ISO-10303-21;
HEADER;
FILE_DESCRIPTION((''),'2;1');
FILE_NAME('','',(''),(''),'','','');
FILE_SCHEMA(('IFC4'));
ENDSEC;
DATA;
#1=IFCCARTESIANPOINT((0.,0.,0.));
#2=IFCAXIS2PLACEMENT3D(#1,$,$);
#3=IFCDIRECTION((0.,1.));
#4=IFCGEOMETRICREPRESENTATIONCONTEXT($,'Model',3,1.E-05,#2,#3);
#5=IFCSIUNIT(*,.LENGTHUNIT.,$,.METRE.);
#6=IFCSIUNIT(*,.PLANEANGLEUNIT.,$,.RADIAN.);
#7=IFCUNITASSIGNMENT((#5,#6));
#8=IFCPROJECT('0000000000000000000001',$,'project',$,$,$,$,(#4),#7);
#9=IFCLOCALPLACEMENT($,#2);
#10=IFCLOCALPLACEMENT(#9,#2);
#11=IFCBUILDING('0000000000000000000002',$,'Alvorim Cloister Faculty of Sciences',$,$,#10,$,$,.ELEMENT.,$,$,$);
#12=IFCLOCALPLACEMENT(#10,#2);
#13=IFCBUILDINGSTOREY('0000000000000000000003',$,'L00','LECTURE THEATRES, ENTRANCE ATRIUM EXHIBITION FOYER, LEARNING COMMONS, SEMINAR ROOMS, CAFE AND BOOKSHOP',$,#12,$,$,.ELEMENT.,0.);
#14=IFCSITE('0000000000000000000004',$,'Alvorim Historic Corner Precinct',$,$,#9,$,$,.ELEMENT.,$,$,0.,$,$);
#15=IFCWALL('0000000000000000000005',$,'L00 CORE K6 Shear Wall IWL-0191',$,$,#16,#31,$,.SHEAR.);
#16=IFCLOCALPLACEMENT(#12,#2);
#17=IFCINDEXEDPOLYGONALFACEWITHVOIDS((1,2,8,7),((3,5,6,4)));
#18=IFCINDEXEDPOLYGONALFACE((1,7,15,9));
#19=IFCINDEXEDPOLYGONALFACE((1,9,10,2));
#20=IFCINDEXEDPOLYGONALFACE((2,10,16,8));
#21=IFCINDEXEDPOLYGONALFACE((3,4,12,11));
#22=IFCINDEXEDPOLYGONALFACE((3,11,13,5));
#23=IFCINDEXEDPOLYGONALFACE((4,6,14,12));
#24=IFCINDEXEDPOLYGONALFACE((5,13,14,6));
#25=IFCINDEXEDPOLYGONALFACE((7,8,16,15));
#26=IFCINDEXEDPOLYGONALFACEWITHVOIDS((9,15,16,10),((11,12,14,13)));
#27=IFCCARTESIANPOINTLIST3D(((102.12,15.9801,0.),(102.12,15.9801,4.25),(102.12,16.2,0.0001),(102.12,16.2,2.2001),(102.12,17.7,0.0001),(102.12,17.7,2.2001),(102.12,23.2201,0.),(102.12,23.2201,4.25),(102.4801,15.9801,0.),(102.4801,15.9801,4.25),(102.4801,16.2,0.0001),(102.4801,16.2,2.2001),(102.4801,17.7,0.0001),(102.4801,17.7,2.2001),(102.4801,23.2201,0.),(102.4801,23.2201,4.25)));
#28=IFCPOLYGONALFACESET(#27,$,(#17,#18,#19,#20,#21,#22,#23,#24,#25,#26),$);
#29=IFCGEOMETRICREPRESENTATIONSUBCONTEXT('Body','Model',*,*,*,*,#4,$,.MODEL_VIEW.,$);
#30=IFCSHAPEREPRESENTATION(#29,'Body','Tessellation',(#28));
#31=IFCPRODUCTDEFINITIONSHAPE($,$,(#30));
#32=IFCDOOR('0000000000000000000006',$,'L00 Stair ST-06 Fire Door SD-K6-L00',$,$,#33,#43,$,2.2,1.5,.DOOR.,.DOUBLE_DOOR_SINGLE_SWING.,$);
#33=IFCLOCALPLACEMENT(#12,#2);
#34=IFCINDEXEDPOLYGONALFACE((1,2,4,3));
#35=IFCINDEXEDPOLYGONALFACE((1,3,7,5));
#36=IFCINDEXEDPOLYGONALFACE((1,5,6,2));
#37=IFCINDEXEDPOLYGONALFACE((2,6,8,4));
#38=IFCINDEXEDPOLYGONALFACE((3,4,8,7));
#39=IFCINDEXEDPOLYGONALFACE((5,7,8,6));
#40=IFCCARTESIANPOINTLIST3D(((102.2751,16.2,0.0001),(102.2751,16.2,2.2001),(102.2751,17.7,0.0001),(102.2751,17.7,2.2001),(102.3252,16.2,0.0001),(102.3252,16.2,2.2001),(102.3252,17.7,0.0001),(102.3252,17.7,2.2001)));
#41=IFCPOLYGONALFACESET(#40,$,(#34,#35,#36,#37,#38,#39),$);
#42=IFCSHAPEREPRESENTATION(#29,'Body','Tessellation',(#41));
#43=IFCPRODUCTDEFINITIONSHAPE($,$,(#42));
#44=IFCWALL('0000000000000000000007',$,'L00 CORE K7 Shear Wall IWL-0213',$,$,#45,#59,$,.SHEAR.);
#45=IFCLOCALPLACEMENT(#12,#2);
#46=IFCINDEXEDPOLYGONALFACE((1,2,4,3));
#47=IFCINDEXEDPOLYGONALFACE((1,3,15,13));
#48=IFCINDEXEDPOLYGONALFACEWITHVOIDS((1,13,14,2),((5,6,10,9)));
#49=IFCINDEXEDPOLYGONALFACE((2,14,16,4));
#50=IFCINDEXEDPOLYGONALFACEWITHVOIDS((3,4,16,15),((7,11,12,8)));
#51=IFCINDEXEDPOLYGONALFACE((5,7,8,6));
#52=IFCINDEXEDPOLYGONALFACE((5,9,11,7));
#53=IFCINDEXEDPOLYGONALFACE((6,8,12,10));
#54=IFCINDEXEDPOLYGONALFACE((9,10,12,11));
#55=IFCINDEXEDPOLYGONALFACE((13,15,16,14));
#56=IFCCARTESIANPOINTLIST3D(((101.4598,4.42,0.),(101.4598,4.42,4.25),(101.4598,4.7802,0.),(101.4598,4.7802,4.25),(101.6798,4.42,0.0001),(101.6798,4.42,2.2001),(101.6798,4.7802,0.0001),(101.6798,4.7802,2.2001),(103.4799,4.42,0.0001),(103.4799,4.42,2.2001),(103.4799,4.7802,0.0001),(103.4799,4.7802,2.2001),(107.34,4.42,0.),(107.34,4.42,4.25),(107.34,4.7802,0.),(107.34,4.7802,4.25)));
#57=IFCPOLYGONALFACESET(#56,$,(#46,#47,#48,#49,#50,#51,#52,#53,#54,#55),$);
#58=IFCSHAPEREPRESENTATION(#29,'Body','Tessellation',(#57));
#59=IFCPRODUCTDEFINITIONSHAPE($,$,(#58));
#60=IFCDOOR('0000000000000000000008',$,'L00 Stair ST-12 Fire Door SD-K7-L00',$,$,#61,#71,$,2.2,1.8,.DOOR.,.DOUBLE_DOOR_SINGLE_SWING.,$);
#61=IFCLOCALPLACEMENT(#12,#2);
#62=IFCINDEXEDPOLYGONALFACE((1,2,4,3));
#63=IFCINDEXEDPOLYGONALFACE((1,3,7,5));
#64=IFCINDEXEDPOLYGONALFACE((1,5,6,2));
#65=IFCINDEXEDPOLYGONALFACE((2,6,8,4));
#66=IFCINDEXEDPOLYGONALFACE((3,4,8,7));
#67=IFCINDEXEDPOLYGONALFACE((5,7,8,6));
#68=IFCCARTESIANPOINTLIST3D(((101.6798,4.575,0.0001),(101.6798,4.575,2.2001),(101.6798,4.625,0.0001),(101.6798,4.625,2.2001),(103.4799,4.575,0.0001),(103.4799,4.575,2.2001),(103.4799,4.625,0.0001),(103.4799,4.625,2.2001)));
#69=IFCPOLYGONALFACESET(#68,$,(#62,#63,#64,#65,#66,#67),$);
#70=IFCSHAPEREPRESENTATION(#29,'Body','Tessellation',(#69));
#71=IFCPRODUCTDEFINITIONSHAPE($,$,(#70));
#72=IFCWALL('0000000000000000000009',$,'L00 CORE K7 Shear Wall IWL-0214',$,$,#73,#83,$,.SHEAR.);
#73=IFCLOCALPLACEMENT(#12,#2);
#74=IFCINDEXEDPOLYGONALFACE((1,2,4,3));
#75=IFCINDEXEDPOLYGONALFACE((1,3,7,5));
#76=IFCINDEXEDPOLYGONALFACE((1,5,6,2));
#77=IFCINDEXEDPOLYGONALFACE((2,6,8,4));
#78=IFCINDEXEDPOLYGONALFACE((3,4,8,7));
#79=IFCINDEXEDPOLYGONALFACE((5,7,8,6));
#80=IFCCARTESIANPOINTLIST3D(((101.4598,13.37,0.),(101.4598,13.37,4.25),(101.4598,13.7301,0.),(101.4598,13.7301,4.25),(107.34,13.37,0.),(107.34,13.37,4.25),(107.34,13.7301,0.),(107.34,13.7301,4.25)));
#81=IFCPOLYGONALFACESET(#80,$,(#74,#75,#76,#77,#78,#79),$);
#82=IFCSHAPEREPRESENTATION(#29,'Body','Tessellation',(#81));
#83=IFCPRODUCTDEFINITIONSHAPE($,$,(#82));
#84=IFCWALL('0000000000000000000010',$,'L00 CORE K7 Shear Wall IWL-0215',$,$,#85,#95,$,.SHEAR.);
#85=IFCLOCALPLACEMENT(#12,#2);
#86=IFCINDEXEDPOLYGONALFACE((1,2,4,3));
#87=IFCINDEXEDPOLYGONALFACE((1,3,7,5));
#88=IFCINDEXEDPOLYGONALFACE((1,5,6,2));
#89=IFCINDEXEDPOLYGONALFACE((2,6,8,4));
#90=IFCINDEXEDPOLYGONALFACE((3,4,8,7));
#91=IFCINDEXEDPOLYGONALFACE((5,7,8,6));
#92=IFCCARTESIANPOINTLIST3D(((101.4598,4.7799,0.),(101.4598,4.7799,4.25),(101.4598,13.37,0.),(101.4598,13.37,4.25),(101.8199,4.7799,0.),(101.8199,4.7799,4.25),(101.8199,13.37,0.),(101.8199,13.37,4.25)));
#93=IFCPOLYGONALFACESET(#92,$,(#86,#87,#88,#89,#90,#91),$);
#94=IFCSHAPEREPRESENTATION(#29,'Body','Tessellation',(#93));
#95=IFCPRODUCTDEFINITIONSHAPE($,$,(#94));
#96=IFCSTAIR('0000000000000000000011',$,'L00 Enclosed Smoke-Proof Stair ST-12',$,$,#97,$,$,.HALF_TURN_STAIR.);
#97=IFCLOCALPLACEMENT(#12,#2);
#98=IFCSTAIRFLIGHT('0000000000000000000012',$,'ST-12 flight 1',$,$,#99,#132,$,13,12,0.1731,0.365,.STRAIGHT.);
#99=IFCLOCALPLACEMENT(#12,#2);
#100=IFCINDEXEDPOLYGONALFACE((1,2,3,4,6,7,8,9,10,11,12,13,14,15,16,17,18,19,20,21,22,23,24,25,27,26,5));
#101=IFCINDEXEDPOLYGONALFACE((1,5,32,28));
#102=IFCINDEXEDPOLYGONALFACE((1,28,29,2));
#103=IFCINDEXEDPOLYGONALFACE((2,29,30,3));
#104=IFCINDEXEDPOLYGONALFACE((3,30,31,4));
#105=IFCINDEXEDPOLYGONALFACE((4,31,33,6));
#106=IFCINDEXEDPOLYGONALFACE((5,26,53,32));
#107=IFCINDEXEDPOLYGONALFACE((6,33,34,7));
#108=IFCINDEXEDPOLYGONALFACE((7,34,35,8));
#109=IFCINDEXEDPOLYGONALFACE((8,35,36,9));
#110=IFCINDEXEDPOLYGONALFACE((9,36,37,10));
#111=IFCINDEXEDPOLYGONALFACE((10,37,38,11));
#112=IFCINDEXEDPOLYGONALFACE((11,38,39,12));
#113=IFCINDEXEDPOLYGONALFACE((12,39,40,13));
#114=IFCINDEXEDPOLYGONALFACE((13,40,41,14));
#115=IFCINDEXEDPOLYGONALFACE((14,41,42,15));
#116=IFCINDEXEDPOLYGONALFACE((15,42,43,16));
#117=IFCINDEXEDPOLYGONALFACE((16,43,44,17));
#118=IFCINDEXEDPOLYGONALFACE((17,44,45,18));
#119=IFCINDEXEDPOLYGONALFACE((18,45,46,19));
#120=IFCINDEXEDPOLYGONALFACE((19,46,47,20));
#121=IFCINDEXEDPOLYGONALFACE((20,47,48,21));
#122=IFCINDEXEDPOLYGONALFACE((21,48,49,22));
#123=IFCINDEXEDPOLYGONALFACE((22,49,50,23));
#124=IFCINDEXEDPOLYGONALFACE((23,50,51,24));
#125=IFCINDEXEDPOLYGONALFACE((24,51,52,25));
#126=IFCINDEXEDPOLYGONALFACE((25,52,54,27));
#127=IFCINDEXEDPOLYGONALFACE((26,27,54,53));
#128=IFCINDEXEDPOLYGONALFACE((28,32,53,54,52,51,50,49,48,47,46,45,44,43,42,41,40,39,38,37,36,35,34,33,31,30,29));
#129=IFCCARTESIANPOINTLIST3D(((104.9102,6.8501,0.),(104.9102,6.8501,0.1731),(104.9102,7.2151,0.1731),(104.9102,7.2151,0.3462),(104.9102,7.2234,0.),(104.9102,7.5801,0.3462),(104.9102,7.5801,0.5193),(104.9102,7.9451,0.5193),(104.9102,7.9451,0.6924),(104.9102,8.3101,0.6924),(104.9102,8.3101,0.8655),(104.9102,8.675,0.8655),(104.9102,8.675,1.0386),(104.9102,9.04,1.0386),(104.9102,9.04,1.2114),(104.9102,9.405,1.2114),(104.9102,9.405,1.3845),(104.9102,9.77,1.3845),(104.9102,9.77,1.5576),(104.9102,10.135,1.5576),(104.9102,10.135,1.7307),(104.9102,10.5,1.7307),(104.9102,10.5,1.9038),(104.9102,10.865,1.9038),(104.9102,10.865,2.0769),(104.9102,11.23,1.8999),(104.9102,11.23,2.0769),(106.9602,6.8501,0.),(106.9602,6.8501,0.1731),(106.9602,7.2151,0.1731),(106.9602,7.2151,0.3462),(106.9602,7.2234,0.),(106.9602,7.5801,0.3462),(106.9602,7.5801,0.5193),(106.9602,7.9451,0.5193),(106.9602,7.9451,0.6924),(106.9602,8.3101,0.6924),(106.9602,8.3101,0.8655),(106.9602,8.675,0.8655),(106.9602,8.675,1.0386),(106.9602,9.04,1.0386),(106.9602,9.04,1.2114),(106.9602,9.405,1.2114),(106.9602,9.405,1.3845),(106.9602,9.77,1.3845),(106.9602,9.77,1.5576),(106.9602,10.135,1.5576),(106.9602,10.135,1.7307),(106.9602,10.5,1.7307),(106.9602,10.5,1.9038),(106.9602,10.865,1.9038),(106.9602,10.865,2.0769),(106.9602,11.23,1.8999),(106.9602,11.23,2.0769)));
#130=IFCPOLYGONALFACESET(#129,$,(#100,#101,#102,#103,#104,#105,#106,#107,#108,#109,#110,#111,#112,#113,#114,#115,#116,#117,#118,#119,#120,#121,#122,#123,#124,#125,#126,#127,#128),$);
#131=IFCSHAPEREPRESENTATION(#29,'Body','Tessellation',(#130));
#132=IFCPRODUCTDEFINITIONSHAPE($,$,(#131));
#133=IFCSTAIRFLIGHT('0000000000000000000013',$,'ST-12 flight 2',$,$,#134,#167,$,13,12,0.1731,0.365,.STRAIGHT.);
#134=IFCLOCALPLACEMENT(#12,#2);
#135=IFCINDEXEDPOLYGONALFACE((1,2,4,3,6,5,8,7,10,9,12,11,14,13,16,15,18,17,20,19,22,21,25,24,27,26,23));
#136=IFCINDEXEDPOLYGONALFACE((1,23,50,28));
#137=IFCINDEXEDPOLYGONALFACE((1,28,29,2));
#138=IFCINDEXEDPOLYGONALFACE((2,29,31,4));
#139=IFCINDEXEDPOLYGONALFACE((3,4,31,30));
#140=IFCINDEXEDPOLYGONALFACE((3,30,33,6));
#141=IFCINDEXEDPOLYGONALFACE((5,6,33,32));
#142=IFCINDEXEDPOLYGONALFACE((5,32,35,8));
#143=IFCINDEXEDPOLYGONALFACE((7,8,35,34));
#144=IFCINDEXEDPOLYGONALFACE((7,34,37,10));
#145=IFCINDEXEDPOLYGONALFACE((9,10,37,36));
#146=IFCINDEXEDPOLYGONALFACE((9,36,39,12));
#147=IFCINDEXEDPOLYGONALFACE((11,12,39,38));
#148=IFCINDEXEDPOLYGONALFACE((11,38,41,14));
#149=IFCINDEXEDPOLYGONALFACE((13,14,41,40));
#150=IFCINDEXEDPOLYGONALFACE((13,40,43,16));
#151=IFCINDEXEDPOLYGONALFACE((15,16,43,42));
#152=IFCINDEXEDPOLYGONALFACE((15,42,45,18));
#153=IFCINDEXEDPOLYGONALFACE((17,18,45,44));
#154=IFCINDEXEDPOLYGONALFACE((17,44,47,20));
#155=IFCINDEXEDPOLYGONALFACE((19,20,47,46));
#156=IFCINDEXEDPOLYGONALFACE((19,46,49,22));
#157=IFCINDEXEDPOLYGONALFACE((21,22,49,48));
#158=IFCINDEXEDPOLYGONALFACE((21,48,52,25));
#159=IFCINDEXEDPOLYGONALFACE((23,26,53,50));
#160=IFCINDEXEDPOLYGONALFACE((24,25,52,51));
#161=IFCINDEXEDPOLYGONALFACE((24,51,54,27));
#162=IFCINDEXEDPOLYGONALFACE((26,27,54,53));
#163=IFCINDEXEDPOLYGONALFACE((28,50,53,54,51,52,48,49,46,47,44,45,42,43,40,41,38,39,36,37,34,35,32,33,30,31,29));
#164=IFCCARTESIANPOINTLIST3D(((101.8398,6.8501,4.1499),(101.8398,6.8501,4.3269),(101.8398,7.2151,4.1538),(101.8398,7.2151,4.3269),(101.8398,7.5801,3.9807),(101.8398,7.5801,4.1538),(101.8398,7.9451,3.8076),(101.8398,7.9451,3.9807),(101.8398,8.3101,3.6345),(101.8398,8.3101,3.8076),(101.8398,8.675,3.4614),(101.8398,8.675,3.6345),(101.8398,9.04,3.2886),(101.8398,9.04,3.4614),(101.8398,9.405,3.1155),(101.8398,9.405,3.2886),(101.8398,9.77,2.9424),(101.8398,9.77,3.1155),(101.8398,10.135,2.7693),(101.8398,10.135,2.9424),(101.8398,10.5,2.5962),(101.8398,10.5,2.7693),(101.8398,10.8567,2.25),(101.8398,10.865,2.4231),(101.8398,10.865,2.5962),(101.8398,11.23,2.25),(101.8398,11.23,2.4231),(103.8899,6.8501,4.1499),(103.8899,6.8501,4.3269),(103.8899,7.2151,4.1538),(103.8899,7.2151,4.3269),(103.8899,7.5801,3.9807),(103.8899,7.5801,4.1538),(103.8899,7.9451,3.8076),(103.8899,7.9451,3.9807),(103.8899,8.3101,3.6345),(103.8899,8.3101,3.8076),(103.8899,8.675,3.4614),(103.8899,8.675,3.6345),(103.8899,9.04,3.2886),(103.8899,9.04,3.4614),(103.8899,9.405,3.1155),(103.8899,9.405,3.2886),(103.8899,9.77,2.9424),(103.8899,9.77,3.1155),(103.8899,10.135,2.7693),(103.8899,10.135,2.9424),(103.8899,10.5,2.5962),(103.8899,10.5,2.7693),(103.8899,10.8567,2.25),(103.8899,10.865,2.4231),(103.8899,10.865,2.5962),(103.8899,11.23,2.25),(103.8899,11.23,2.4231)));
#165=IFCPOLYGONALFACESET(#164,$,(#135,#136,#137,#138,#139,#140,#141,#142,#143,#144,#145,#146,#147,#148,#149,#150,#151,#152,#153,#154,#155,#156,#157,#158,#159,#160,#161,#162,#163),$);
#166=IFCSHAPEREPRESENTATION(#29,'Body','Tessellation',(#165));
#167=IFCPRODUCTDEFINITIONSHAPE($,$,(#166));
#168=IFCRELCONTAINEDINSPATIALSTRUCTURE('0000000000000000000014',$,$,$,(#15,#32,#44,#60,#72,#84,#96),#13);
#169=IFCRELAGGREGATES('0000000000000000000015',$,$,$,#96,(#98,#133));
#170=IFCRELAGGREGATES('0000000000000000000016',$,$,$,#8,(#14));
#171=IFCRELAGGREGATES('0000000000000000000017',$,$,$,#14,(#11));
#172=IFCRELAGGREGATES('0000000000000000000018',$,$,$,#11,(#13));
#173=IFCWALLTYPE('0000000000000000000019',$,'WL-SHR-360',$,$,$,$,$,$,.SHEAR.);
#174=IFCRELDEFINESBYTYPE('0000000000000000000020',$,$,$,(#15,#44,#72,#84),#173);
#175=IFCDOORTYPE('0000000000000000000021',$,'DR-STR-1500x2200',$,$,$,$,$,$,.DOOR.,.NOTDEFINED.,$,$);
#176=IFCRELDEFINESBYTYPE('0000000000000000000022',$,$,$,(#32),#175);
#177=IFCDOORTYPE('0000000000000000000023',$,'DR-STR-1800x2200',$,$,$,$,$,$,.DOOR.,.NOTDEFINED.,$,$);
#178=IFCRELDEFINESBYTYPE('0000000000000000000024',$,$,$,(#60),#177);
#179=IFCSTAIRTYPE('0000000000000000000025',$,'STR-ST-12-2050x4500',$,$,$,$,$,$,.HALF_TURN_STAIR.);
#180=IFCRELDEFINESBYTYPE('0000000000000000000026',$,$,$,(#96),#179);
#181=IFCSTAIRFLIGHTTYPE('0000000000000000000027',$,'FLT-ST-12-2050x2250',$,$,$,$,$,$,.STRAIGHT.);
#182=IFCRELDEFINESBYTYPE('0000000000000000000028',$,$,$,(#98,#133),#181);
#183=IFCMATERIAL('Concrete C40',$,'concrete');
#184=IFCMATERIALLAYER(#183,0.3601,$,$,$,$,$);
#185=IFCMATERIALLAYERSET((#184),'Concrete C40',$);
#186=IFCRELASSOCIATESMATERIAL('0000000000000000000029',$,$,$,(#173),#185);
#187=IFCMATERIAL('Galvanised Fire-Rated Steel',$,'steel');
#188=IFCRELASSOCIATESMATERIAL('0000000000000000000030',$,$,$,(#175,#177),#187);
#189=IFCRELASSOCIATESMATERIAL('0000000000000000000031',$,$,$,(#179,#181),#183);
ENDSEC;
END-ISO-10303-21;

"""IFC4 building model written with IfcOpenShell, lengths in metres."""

from ifc_helpers import new_model, si_unit, direction, frame, frame_2d, origin, place, context, subcontext, project, spatial, polyline, rectangle, outline, extrude, material, layer, layer_set, type_object, element, fill, aggregate, save


model = new_model("IFC4")

# Units and contexts
model_context = context("Model", 3, precision=1e-05, world=origin(), true_north=direction((0.0, 1.0)))
body_context = subcontext(model_context, "Body", "Model", "MODEL_VIEW")
ifc_project = project(units=[si_unit("LENGTHUNIT", "METRE"), si_unit("PLANEANGLEUNIT", "RADIAN")], contexts=[model_context])

# Site, building, storey
site_placement = place(None, origin())
site = spatial("IfcSite", under=ifc_project, at=site_placement, Name="Alvorim Historic Corner Precinct", CompositionType="ELEMENT", RefElevation=0.0)
building_placement = place(site_placement, origin())
building = spatial("IfcBuilding", under=site, at=building_placement, Name="Alvorim Cloister Faculty of Sciences", CompositionType="ELEMENT")
storey_placement = place(building_placement, origin())
storey = spatial("IfcBuildingStorey", under=building, at=storey_placement, Name="L00", Description="LECTURE THEATRES, ENTRANCE ATRIUM EXHIBITION FOYER, LEARNING COMMONS, SEMINAR ROOMS, CAFE AND BOOKSHOP", CompositionType="ELEMENT", Elevation=0.0)

# Shared definitions
ifc_material_1 = material(Name="Concrete C40", Category="concrete")

# Shared definitions
ifc_material_2 = material(Name="Galvanised Fire-Rated Steel", Category="steel")

# Shared definitions
ifc_layer_1 = layer(ifc_material_1, 0.3601)
ifc_layer_set_1 = layer_set([ifc_layer_1], Name="Concrete C40")
wall_type_1 = type_object("IfcWallType", Name="WL-SHR-360", PredefinedType="SHEAR", material=ifc_layer_set_1)

# Walls, openings, doors
wall_1_placement = place(storey_placement, frame((102.3, 15.98, 0.0), z_axis=(0.0, 0.0, 1.0), x_axis=(0.0, 1.0, 0.0)))
wall_1 = element("IfcWall", 1, at=wall_1_placement, inside=storey, type_object=wall_type_1, Name="L00 CORE K6 Shear Wall IWL-0191", PredefinedType="SHEAR", context=body_context, shape_type="SweptSolid", body=[
    extrude(rectangle(XDim=7.24, YDim=0.3601, at=frame_2d((3.6201, 0.0))), origin(), (0.0, 0.0, 1.0), 4.25),
])
opening_1_placement = place(wall_1_placement, frame((0.22, 0.0, 0.0)))
opening_1 = element("IfcOpeningElement", 2, at=opening_1_placement, cuts=wall_1, PredefinedType="OPENING", context=body_context, shape_type="SweptSolid", body=[
    extrude(rectangle(XDim=1.5, YDim=2.2, at=frame_2d((0.75, 1.1001))), frame((0.0, 0.1919, 0.0), z_axis=(0.0, -1.0, 0.0), x_axis=(1.0, 0.0, 0.0)), (0.0, 0.0, 1.0), 0.384),
])
door_type_1 = type_object("IfcDoorType", Name="DR-STR-1500x2200", OperationType="NOTDEFINED", PredefinedType="DOOR", material=ifc_material_2)
door_1_placement = place(opening_1_placement, origin())
door_1 = element("IfcDoor", 3, at=door_1_placement, inside=storey, type_object=door_type_1, Name="L00 Stair ST-06 Fire Door SD-K6-L00", OperationType="DOUBLE_DOOR_SINGLE_SWING", OverallHeight=2.2, OverallWidth=1.5, PredefinedType="DOOR", context=body_context, shape_type="SweptSolid", body=[
    extrude(rectangle(XDim=1.5, YDim=2.2, at=frame_2d((0.75, 1.1001))), frame((0.0, 0.0249, 0.0), z_axis=(0.0, -1.0, 0.0), x_axis=(1.0, 0.0, 0.0)), (0.0, 0.0, 1.0), 0.05),
])
fill(opening_1, door_1)
wall_2_placement = place(storey_placement, frame((101.46, 4.6001, 0.0), z_axis=(0.0, 0.0, 1.0), x_axis=(1.0, 0.0, 0.0)))
wall_2 = element("IfcWall", 4, at=wall_2_placement, inside=storey, type_object=wall_type_1, Name="L00 CORE K7 Shear Wall IWL-0213", PredefinedType="SHEAR", context=body_context, shape_type="SweptSolid", body=[
    extrude(rectangle(XDim=5.8801, YDim=0.3601, at=frame_2d((2.9399, 0.0))), origin(), (0.0, 0.0, 1.0), 4.25),
])
opening_2_placement = place(wall_2_placement, frame((0.22, 0.0, 0.0)))
opening_2 = element("IfcOpeningElement", 5, at=opening_2_placement, cuts=wall_2, PredefinedType="OPENING", context=body_context, shape_type="SweptSolid", body=[
    extrude(rectangle(XDim=1.8, YDim=2.2, at=frame_2d((0.8999, 1.1001))), frame((0.0, 0.1919, 0.0), z_axis=(0.0, -1.0, 0.0), x_axis=(1.0, 0.0, 0.0)), (0.0, 0.0, 1.0), 0.384),
])
door_type_2 = type_object("IfcDoorType", Name="DR-STR-1800x2200", OperationType="NOTDEFINED", PredefinedType="DOOR", material=ifc_material_2)
door_2_placement = place(opening_2_placement, origin())
door_2 = element("IfcDoor", 6, at=door_2_placement, inside=storey, type_object=door_type_2, Name="L00 Stair ST-12 Fire Door SD-K7-L00", OperationType="DOUBLE_DOOR_SINGLE_SWING", OverallHeight=2.2, OverallWidth=1.8, PredefinedType="DOOR", context=body_context, shape_type="SweptSolid", body=[
    extrude(rectangle(XDim=1.8, YDim=2.2, at=frame_2d((0.8999, 1.1001))), frame((0.0, 0.0249, 0.0), z_axis=(0.0, -1.0, 0.0), x_axis=(1.0, 0.0, 0.0)), (0.0, 0.0, 1.0), 0.05),
])
fill(opening_2, door_2)

# Walls
wall_3_placement = place(storey_placement, frame((101.46, 13.55, 0.0), z_axis=(0.0, 0.0, 1.0), x_axis=(1.0, 0.0, 0.0)))
element("IfcWall", 7, at=wall_3_placement, inside=storey, type_object=wall_type_1, Name="L00 CORE K7 Shear Wall IWL-0214", PredefinedType="SHEAR", context=body_context, shape_type="SweptSolid", body=[
    extrude(rectangle(XDim=5.8801, YDim=0.3601, at=frame_2d((2.9399, 0.0))), origin(), (0.0, 0.0, 1.0), 4.25),
])
wall_4_placement = place(storey_placement, frame((101.6399, 4.78, 0.0), z_axis=(0.0, 0.0, 1.0), x_axis=(0.0, 1.0, 0.0)))
element("IfcWall", 8, at=wall_4_placement, inside=storey, type_object=wall_type_1, Name="L00 CORE K7 Shear Wall IWL-0215", PredefinedType="SHEAR", context=body_context, shape_type="SweptSolid", body=[
    extrude(rectangle(XDim=8.5901, YDim=0.3601, at=frame_2d((4.2949, 0.0))), origin(), (0.0, 0.0, 1.0), 4.25),
])

# Stair, stair flights
stair_type = type_object("IfcStairType", Name="STR-ST-12-2050x4500", PredefinedType="HALF_TURN_STAIR", material=ifc_material_1)
stair_placement = place(storey_placement, origin())
stair = element("IfcStair", 9, at=stair_placement, inside=storey, type_object=stair_type, Name="L00 Enclosed Smoke-Proof Stair ST-12", PredefinedType="HALF_TURN_STAIR")
stair_flight_type = type_object("IfcStairFlightType", Name="FLT-ST-12-2050x2250", PredefinedType="STRAIGHT", material=ifc_material_1)
stair_flight_1_placement = place(storey_placement, frame((105.9351, 6.8501, 0.0), z_axis=(0.0, 0.0, 1.0), x_axis=(0.0, 1.0, 0.0)))
stair_flight_1 = element("IfcStairFlight", 10, at=stair_flight_1_placement, type_object=stair_flight_type, Name="ST-12 flight 1", NumberOfRisers=13, NumberOfTreads=12, PredefinedType="STRAIGHT", RiserHeight=0.1731, TreadLength=0.365, context=body_context, shape_type="SweptSolid", body=[
    extrude(outline(polyline([(0.3733, 0.0), (4.3799, 1.8999), (4.3799, 2.25), (4.3799, 2.0769), (4.0149, 2.0769), (4.0149, 1.9038), (3.6499, 1.9038), (3.6499, 1.7307), (3.2849, 1.7307), (3.2849, 1.5576), (2.9199, 1.5576), (2.9199, 1.3845), (2.5549, 1.3845), (2.5549, 1.2114), (2.1899, 1.2114), (2.1899, 1.0386), (1.825, 1.0386), (1.825, 0.8655), (1.46, 0.8655), (1.46, 0.6924), (1.095, 0.6924), (1.095, 0.5193), (0.73, 0.5193), (0.73, 0.3462), (0.365, 0.3462), (0.365, 0.1731), (0.0, 0.1731), (0.0, 0.0), (0.3733, 0.0)])), frame((0.0, 1.0249, 0.0), z_axis=(0.0, -1.0, 0.0), x_axis=(1.0, 0.0, 0.0)), (0.0, 0.0, 1.0), 2.05),
])
stair_flight_2_placement = place(storey_placement, frame((102.865, 11.23, 2.25), z_axis=(0.0, 0.0, 1.0), x_axis=(0.0, -1.0, 0.0)))
stair_flight_2 = element("IfcStairFlight", 11, at=stair_flight_2_placement, type_object=stair_flight_type, Name="ST-12 flight 2", NumberOfRisers=13, NumberOfTreads=12, PredefinedType="STRAIGHT", RiserHeight=0.1731, TreadLength=0.365, context=body_context, shape_type="SweptSolid", body=[
    extrude(outline(polyline([(0.3733, 0.0), (4.3799, 1.8999), (4.3799, 2.25), (4.3799, 2.0769), (4.0149, 2.0769), (4.0149, 1.9038), (3.6499, 1.9038), (3.6499, 1.7307), (3.2849, 1.7307), (3.2849, 1.5576), (2.9199, 1.5576), (2.9199, 1.3845), (2.5549, 1.3845), (2.5549, 1.2114), (2.1899, 1.2114), (2.1899, 1.0386), (1.825, 1.0386), (1.825, 0.8655), (1.46, 0.8655), (1.46, 0.6924), (1.095, 0.6924), (1.095, 0.5193), (0.73, 0.5193), (0.73, 0.3462), (0.365, 0.3462), (0.365, 0.1731), (0.0, 0.1731), (0.0, 0.0), (0.3733, 0.0)])), frame((0.0, 1.0249, 0.0), z_axis=(0.0, -1.0, 0.0), x_axis=(1.0, 0.0, 0.0)), (0.0, 0.0, 1.0), 2.05),
])
aggregate(stair, [stair_flight_1, stair_flight_2])

save(model, "model.ifc")
